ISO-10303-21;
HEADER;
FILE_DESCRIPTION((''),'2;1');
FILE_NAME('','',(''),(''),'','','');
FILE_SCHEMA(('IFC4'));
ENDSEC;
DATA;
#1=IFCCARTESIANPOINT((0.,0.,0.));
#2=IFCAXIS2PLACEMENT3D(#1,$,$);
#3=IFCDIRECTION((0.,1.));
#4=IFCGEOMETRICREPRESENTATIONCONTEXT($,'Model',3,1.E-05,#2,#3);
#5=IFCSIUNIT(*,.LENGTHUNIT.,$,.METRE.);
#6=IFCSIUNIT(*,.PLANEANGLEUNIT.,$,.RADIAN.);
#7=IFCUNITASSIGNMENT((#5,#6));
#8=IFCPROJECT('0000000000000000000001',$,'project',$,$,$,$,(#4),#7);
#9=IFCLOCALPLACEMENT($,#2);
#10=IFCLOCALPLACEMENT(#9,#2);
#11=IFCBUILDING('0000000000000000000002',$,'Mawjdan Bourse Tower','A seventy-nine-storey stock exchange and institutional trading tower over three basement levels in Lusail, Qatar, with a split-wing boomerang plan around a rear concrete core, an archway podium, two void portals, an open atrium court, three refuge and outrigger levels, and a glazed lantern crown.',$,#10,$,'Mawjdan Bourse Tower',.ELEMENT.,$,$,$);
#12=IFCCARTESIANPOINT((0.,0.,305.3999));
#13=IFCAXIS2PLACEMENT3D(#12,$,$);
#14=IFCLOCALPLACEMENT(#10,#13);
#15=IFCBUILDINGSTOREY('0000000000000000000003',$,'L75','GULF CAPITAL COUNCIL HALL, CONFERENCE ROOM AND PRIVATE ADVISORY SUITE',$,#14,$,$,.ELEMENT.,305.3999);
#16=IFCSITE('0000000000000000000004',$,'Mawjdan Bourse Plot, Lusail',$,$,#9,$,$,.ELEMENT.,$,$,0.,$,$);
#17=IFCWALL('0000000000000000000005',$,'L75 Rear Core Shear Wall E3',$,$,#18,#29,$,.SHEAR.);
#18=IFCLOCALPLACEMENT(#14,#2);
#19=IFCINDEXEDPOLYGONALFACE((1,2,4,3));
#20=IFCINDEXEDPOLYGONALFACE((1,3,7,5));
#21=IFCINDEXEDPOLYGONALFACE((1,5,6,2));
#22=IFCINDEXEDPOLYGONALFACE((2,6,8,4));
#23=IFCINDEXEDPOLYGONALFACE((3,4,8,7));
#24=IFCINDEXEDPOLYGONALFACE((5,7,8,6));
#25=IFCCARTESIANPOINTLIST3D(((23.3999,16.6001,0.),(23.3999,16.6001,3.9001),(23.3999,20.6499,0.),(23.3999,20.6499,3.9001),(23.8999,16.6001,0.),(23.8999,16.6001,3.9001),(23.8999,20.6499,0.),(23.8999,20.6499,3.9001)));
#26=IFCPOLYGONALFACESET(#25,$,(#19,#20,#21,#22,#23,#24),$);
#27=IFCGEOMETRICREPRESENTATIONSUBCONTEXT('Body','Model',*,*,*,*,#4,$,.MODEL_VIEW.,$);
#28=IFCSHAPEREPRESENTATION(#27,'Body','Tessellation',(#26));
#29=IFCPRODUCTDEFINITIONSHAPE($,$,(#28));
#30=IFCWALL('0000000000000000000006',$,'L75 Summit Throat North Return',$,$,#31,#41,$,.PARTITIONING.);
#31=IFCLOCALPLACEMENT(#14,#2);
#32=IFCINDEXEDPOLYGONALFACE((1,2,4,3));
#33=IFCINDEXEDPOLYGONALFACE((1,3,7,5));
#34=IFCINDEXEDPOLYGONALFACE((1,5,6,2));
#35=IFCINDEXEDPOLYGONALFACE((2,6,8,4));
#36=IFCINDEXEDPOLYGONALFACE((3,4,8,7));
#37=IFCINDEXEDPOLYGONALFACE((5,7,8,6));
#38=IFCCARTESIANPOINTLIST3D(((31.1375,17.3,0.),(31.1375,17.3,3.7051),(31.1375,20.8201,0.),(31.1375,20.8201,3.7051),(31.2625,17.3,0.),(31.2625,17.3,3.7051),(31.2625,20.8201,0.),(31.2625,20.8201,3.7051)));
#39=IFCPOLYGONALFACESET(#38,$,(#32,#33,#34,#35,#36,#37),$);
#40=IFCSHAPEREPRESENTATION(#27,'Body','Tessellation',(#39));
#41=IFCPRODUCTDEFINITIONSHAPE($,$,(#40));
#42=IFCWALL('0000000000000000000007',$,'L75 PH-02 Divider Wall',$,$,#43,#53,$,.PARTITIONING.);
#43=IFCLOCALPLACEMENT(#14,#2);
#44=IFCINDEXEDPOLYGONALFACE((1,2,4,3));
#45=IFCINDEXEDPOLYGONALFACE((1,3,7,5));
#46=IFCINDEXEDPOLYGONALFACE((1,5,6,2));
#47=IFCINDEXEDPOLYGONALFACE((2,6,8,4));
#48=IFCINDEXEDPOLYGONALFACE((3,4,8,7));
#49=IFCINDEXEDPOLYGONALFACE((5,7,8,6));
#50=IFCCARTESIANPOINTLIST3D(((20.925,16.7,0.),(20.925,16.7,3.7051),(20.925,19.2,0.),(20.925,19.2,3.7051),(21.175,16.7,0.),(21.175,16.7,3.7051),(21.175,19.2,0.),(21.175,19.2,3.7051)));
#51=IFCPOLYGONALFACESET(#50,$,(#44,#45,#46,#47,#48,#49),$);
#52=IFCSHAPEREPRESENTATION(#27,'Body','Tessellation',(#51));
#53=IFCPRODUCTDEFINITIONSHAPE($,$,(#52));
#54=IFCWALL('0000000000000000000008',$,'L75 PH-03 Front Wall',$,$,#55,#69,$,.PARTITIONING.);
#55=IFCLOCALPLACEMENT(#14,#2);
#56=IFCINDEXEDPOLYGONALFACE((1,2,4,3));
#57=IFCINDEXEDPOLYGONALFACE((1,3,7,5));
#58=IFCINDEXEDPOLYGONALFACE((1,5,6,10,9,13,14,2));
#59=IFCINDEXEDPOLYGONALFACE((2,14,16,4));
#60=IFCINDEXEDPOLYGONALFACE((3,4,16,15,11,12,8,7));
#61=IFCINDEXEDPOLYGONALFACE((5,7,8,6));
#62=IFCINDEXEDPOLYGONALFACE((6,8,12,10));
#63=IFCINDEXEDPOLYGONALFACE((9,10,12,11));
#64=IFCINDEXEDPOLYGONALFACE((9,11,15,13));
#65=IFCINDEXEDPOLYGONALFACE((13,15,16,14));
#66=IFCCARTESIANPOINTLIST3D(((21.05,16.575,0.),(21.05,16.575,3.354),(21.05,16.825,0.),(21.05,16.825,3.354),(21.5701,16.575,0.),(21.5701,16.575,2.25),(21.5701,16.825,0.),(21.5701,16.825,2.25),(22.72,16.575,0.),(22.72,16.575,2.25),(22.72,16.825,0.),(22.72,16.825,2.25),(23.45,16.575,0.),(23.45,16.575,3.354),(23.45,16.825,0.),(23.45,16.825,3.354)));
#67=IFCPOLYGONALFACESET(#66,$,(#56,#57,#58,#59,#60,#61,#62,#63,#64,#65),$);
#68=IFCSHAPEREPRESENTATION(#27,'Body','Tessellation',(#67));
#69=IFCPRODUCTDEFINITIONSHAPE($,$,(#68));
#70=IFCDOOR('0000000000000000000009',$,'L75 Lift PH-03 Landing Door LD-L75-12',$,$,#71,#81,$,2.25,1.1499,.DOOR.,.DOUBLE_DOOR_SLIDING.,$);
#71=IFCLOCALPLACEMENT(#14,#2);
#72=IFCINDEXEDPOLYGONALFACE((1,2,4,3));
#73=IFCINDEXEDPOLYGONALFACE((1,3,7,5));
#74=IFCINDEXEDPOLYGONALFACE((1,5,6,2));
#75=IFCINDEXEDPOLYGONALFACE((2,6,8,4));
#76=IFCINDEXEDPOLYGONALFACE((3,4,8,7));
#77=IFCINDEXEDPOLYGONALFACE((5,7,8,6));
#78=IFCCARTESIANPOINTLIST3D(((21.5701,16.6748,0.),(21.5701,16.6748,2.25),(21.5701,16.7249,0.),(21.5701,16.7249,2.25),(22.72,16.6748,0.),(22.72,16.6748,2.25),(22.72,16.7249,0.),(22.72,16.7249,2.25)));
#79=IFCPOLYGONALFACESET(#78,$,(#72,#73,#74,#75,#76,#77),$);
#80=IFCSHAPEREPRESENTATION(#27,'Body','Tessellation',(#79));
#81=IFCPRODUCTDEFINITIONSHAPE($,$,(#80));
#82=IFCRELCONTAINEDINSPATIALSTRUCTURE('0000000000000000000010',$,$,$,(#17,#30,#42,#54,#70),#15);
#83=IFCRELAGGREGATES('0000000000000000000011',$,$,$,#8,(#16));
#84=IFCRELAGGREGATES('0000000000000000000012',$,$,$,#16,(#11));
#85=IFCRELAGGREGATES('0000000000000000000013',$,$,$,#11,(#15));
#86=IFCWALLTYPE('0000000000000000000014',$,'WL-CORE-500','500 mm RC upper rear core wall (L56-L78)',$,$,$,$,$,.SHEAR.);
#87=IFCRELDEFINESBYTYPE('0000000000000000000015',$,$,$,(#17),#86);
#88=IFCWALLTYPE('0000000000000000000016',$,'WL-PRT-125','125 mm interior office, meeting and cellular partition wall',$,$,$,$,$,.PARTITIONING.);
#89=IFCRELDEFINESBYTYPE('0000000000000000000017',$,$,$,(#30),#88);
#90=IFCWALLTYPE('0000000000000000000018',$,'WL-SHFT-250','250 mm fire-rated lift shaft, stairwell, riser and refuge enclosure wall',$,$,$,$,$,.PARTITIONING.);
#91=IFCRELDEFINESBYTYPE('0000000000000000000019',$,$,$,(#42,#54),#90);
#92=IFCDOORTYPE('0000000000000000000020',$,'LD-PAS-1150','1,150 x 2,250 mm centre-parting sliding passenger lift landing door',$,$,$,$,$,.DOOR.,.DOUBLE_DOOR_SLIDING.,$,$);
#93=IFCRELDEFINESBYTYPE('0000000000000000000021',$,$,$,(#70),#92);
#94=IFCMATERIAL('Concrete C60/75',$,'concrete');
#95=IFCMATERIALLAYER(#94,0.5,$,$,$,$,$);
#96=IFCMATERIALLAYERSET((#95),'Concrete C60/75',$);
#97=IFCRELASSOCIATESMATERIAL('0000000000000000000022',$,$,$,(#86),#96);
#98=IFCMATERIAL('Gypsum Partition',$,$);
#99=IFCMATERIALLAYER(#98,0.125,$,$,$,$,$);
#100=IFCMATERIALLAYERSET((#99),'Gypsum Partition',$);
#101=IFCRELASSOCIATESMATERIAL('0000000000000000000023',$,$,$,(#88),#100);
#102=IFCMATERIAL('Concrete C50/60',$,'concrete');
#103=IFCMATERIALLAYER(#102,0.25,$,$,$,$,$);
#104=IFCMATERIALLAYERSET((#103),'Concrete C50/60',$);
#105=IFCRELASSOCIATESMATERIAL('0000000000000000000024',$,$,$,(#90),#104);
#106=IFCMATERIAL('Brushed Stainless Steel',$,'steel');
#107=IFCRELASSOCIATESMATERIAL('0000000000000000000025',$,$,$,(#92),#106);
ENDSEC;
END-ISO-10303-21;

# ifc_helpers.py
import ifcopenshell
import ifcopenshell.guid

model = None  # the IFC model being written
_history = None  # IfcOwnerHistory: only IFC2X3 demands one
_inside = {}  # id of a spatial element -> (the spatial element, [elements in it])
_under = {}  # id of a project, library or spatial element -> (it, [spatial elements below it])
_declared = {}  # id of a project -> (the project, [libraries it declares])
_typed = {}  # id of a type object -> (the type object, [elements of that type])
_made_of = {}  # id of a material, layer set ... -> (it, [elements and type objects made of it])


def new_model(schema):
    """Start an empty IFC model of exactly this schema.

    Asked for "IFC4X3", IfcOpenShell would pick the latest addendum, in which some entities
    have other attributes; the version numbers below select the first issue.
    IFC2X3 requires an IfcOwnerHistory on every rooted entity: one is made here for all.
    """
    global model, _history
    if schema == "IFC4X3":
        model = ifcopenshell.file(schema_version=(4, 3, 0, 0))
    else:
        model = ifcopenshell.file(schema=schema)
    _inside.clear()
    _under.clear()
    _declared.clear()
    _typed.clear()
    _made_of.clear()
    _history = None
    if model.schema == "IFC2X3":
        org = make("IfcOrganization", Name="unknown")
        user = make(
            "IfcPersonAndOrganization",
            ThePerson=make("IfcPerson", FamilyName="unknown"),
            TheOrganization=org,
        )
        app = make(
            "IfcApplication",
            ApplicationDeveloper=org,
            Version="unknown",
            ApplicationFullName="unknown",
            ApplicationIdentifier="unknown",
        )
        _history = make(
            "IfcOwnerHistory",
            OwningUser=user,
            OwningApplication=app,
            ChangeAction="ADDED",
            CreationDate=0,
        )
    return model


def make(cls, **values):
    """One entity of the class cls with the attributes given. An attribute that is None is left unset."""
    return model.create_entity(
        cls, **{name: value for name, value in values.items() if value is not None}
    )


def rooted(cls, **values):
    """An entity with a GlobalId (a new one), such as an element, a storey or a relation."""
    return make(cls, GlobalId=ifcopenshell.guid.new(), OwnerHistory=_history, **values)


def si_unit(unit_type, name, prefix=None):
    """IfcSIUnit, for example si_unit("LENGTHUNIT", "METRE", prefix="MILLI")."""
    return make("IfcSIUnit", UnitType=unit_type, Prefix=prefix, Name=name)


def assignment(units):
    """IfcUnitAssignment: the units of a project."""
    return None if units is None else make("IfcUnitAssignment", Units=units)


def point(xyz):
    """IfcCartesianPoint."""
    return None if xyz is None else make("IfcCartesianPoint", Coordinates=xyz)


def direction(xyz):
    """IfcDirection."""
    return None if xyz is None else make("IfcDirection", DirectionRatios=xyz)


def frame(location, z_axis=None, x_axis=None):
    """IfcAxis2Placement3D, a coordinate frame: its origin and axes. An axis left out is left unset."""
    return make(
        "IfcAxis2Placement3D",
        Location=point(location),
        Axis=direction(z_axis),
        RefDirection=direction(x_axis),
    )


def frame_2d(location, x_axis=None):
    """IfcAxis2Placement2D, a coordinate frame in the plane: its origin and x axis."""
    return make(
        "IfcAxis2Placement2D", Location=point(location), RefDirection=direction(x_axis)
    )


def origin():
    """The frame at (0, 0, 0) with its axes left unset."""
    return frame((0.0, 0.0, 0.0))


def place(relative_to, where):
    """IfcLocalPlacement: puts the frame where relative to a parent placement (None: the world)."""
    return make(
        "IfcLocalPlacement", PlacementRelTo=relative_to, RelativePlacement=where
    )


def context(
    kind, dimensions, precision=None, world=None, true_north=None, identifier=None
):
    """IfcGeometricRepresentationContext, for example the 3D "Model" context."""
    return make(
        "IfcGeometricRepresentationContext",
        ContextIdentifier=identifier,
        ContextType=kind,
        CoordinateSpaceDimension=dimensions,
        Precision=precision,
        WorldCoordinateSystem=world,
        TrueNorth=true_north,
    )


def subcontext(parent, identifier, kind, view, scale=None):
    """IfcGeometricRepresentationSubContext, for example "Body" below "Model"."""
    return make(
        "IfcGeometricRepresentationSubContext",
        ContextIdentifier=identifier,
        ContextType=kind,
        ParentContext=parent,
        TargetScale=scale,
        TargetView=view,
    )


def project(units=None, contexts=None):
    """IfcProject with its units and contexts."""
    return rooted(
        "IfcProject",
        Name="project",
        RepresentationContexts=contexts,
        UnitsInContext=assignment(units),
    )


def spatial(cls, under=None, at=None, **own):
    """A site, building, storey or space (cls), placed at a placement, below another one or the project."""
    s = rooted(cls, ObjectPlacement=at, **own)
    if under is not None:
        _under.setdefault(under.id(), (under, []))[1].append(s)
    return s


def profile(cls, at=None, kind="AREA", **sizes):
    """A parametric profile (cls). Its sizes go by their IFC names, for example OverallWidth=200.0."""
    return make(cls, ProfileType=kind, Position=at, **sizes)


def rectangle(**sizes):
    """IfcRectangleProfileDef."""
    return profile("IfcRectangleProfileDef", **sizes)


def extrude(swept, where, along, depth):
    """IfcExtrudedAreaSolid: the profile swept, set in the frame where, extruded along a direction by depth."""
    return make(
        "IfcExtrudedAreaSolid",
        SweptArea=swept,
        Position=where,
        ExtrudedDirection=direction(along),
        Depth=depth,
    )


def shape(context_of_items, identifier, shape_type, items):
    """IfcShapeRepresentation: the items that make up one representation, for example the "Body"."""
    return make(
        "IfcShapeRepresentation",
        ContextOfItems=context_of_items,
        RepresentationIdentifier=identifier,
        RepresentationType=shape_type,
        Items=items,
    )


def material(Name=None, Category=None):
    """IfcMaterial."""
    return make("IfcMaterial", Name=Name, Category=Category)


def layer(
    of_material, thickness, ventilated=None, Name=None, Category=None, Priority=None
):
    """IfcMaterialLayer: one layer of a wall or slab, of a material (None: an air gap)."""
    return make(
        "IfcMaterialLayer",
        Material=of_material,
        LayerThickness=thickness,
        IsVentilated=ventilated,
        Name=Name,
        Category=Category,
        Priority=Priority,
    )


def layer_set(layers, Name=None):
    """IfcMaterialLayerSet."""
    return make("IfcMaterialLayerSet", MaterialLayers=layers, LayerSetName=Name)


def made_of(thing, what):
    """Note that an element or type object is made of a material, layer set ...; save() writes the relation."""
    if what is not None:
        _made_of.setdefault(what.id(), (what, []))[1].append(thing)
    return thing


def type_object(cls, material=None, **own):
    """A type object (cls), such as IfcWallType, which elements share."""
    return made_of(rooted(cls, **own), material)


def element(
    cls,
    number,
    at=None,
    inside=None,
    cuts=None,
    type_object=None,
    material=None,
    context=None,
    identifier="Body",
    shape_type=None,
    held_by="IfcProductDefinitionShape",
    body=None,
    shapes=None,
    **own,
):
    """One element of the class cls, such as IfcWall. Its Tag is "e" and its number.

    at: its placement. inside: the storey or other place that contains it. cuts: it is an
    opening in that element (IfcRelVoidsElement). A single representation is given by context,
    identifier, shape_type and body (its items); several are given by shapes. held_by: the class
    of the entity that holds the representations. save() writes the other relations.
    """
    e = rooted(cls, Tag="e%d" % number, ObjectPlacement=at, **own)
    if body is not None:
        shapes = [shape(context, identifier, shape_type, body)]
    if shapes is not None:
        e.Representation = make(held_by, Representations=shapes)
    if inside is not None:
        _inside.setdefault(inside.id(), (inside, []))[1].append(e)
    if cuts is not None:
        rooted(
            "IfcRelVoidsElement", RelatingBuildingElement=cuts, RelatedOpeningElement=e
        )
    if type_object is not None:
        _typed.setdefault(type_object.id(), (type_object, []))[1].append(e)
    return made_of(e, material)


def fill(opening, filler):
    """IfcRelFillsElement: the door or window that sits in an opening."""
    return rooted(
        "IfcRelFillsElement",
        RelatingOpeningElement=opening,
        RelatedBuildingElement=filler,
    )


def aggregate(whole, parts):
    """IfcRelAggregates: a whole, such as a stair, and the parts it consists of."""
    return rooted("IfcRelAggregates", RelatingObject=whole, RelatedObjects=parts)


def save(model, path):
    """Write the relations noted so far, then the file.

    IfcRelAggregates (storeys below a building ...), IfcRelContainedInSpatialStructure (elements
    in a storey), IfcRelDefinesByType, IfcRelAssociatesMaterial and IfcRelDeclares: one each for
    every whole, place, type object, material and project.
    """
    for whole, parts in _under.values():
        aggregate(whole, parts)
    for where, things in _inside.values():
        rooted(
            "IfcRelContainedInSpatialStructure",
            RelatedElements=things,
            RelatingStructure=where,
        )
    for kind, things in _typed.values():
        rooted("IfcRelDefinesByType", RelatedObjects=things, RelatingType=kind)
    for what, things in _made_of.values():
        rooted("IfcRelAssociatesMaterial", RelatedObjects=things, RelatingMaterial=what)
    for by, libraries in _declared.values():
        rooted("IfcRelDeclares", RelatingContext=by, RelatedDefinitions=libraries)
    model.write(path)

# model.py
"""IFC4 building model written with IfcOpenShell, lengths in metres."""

from ifc_helpers import new_model, si_unit, direction, frame, frame_2d, origin, place, context, subcontext, project, spatial, rectangle, extrude, material, layer, layer_set, type_object, element, fill, save


model = new_model("IFC4")

# Units and contexts
model_context = context("Model", 3, precision=1e-05, world=origin(), true_north=direction((0.0, 1.0)))
body_context = subcontext(model_context, "Body", "Model", "MODEL_VIEW")
ifc_project = project(units=[si_unit("LENGTHUNIT", "METRE"), si_unit("PLANEANGLEUNIT", "RADIAN")], contexts=[model_context])

# Site, building, storey
site_placement = place(None, origin())
site = spatial("IfcSite", under=ifc_project, at=site_placement, Name="Mawjdan Bourse Plot, Lusail", CompositionType="ELEMENT", RefElevation=0.0)
building_placement = place(site_placement, origin())
building = spatial("IfcBuilding", under=site, at=building_placement, Name="Mawjdan Bourse Tower", Description="A seventy-nine-storey stock exchange and institutional trading tower over three basement levels in Lusail, Qatar, with a split-wing boomerang plan around a rear concrete core, an archway podium, two void portals, an open atrium court, three refuge and outrigger levels, and a glazed lantern crown.", LongName="Mawjdan Bourse Tower", CompositionType="ELEMENT")
storey_placement = place(building_placement, frame((0.0, 0.0, 305.3999)))
storey = spatial("IfcBuildingStorey", under=building, at=storey_placement, Name="L75", Description="GULF CAPITAL COUNCIL HALL, CONFERENCE ROOM AND PRIVATE ADVISORY SUITE", CompositionType="ELEMENT", Elevation=305.3999)

# Shared definitions
ifc_material_1 = material(Name="Concrete C60/75", Category="concrete")

# Walls
ifc_layer_1 = layer(ifc_material_1, 0.5)
ifc_layer_set_1 = layer_set([ifc_layer_1], Name="Concrete C60/75")
wall_type_1 = type_object("IfcWallType", Name="WL-CORE-500", Description="500 mm RC upper rear core wall (L56-L78)", PredefinedType="SHEAR", material=ifc_layer_set_1)
wall_1_placement = place(storey_placement, frame((23.6499, 16.6001, 0.0), z_axis=(0.0, 0.0, 1.0), x_axis=(0.0, 1.0, 0.0)))
element("IfcWall", 1, at=wall_1_placement, inside=storey, type_object=wall_type_1, Name="L75 Rear Core Shear Wall E3", PredefinedType="SHEAR", context=body_context, shape_type="SweptSolid", body=[
    extrude(rectangle(XDim=4.0498, YDim=0.5, at=frame_2d((2.0249, 0.0))), origin(), (0.0, 0.0, 1.0), 3.9001),
])
ifc_material_2 = material(Name="Gypsum Partition")
ifc_layer_2 = layer(ifc_material_2, 0.125)
ifc_layer_set_2 = layer_set([ifc_layer_2], Name="Gypsum Partition")
wall_type_2 = type_object("IfcWallType", Name="WL-PRT-125", Description="125 mm interior office, meeting and cellular partition wall", PredefinedType="PARTITIONING", material=ifc_layer_set_2)
wall_2_placement = place(storey_placement, frame((31.2, 17.3, 0.0), z_axis=(0.0, 0.0, 1.0), x_axis=(0.0, 1.0, 0.0)))
element("IfcWall", 2, at=wall_2_placement, inside=storey, type_object=wall_type_2, Name="L75 Summit Throat North Return", PredefinedType="PARTITIONING", context=body_context, shape_type="SweptSolid", body=[
    extrude(rectangle(XDim=3.52, YDim=0.125, at=frame_2d((1.76, 0.0))), origin(), (0.0, 0.0, 1.0), 3.7051),
])
ifc_material_3 = material(Name="Concrete C50/60", Category="concrete")
ifc_layer_3 = layer(ifc_material_3, 0.25)
ifc_layer_set_3 = layer_set([ifc_layer_3], Name="Concrete C50/60")
wall_type_3 = type_object("IfcWallType", Name="WL-SHFT-250", Description="250 mm fire-rated lift shaft, stairwell, riser and refuge enclosure wall", PredefinedType="PARTITIONING", material=ifc_layer_set_3)
wall_3_placement = place(storey_placement, frame((21.05, 16.7, 0.0), z_axis=(0.0, 0.0, 1.0), x_axis=(0.0, 1.0, 0.0)))
element("IfcWall", 3, at=wall_3_placement, inside=storey, type_object=wall_type_3, Name="L75 PH-02 Divider Wall", PredefinedType="PARTITIONING", context=body_context, shape_type="SweptSolid", body=[
    extrude(rectangle(XDim=2.5, YDim=0.25, at=frame_2d((1.25, 0.0))), origin(), (0.0, 0.0, 1.0), 3.7051),
])

# Wall, opening, door
wall_4_placement = place(storey_placement, frame((21.05, 16.7, 0.0), z_axis=(0.0, 0.0, 1.0), x_axis=(1.0, 0.0, 0.0)))
wall_4 = element("IfcWall", 4, at=wall_4_placement, inside=storey, type_object=wall_type_3, Name="L75 PH-03 Front Wall", PredefinedType="PARTITIONING", context=body_context, shape_type="SweptSolid", body=[
    extrude(rectangle(XDim=2.3999, YDim=0.25, at=frame_2d((1.2, 0.0))), origin(), (0.0, 0.0, 1.0), 3.354),
])
opening_1_placement = place(wall_4_placement, frame((0.52, 0.0, 0.0)))
opening_1 = element("IfcOpeningElement", 5, at=opening_1_placement, cuts=wall_4, PredefinedType="OPENING", context=body_context, shape_type="SweptSolid", body=[
    extrude(rectangle(XDim=1.1499, YDim=2.25, at=frame_2d((0.575, 1.125))), frame((0.0, 0.135, 0.0), z_axis=(0.0, -1.0, 0.0), x_axis=(1.0, 0.0, 0.0)), (0.0, 0.0, 1.0), 0.27),
])
ifc_material_4 = material(Name="Brushed Stainless Steel", Category="steel")
door_type_1 = type_object("IfcDoorType", Name="LD-PAS-1150", Description="1,150 x 2,250 mm centre-parting sliding passenger lift landing door", OperationType="DOUBLE_DOOR_SLIDING", PredefinedType="DOOR", material=ifc_material_4)
door_1_placement = place(opening_1_placement, origin())
door_1 = element("IfcDoor", 6, at=door_1_placement, inside=storey, type_object=door_type_1, Name="L75 Lift PH-03 Landing Door LD-L75-12", OperationType="DOUBLE_DOOR_SLIDING", OverallHeight=2.25, OverallWidth=1.1499, PredefinedType="DOOR", context=body_context, shape_type="SweptSolid", body=[
    extrude(rectangle(XDim=1.1499, YDim=2.25, at=frame_2d((0.575, 1.125))), frame((0.0, 0.0249, 0.0), z_axis=(0.0, -1.0, 0.0), x_axis=(1.0, 0.0, 0.0)), (0.0, 0.0, 1.0), 0.05),
])
fill(opening_1, door_1)

save(model, "model.ifc")
